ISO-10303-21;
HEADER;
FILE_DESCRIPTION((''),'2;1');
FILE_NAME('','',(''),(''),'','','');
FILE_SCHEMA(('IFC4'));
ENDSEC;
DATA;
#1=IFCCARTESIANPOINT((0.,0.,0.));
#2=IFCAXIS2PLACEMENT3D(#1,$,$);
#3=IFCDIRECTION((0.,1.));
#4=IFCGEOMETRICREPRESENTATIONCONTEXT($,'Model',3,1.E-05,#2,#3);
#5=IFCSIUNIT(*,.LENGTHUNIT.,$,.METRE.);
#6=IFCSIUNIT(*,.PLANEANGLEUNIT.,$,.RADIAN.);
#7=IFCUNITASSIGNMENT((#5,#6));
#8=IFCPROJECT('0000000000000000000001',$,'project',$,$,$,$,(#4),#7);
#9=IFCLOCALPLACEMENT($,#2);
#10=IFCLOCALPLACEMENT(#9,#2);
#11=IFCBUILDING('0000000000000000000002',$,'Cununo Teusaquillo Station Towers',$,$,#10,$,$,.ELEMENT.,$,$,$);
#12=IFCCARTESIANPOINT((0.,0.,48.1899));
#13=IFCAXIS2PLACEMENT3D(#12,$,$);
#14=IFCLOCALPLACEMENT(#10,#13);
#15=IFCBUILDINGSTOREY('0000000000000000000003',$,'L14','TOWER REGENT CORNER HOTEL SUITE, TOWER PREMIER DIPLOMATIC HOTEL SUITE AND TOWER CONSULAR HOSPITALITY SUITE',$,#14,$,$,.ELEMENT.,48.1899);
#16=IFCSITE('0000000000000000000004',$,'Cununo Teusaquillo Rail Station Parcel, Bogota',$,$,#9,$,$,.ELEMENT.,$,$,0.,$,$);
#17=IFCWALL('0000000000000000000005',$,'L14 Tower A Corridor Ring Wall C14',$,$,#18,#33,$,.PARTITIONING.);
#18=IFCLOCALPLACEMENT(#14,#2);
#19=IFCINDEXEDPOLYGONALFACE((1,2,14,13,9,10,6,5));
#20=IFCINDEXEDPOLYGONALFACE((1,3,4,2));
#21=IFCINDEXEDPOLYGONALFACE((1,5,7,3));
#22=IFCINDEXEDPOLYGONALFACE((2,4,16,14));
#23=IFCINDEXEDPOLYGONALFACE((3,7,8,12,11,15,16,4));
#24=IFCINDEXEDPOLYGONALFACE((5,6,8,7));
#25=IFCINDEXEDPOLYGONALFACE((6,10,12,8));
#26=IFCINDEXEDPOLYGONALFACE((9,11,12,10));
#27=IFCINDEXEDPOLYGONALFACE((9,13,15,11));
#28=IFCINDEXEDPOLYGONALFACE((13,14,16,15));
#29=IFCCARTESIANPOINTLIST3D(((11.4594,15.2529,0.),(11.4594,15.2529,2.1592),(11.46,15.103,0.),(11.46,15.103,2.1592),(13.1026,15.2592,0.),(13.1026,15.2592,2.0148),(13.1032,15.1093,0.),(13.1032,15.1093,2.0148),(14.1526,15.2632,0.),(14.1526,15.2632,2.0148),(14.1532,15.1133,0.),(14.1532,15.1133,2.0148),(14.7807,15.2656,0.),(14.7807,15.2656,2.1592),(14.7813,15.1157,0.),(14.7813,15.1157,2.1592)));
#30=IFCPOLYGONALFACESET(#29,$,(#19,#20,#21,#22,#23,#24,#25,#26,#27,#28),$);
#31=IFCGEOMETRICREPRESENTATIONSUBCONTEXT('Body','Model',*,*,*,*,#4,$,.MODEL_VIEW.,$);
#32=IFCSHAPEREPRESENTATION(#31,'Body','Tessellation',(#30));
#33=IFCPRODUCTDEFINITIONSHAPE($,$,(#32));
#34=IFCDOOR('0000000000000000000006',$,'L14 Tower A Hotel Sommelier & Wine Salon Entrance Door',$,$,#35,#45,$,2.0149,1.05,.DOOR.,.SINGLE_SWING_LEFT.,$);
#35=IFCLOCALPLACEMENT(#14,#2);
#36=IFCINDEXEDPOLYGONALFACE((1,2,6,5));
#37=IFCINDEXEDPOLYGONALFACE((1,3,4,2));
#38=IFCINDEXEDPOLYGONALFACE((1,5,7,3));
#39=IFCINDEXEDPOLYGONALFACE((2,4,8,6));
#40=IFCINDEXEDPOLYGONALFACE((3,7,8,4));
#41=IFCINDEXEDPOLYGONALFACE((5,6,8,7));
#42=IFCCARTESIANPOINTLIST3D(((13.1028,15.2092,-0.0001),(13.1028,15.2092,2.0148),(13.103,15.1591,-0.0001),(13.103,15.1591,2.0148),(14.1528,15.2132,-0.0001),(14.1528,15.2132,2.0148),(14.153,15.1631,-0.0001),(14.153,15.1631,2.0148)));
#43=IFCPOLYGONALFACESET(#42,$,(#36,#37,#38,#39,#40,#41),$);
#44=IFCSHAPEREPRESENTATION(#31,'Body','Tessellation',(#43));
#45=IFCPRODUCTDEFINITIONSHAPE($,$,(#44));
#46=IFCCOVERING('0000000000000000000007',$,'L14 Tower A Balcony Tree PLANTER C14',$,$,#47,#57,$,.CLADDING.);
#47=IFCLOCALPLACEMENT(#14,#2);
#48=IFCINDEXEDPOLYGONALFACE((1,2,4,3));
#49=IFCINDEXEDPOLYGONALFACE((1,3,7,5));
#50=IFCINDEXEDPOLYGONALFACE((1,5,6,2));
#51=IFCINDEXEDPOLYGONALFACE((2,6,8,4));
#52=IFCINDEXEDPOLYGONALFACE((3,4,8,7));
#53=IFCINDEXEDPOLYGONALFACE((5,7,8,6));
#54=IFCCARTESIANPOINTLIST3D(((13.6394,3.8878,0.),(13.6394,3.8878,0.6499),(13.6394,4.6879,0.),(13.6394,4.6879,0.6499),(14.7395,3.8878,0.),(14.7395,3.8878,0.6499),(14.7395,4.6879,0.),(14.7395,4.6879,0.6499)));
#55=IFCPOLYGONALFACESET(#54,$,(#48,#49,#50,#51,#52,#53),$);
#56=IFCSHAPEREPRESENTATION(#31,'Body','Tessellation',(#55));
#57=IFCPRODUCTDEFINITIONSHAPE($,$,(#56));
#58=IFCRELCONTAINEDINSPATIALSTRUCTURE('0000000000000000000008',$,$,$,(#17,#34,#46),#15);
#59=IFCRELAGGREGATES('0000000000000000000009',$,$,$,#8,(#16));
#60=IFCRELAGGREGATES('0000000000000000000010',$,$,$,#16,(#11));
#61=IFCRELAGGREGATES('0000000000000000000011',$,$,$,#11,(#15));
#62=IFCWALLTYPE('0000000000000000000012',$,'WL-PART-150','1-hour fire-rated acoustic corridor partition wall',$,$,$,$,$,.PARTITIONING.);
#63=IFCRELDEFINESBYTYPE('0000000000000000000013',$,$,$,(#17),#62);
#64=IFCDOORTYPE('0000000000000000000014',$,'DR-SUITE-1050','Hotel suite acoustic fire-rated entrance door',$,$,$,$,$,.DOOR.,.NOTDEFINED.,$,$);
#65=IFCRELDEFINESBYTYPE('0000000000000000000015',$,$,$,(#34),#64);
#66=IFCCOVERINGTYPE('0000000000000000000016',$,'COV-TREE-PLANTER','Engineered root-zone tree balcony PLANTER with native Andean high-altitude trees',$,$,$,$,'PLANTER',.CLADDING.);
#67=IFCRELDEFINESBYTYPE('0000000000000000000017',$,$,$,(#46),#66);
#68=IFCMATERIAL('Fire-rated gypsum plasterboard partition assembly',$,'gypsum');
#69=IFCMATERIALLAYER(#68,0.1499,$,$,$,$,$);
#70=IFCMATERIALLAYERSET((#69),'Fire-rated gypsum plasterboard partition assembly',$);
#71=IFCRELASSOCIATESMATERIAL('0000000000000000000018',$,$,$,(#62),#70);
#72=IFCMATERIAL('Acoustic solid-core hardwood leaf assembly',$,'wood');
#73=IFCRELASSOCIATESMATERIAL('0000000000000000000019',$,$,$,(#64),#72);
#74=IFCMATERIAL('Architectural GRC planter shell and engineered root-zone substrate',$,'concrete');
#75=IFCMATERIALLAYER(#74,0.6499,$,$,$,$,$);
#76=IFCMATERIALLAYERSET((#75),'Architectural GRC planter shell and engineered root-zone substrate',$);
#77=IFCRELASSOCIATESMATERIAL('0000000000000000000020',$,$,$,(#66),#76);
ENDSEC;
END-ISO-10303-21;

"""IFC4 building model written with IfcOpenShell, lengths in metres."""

from ifc_helpers import new_model, si_unit, direction, frame, frame_2d, origin, origin_2d, place, context, subcontext, project, spatial, rectangle, extrude, source, transform, mapped, material, layer, layer_set, type_object, element, fill, save


model = new_model("IFC4")

# Units and contexts
model_context = context("Model", 3, precision=1e-05, world=origin(), true_north=direction((0.0, 1.0)))
body_context = subcontext(model_context, "Body", "Model", "MODEL_VIEW")
ifc_project = project(units=[si_unit("LENGTHUNIT", "METRE"), si_unit("PLANEANGLEUNIT", "RADIAN")], contexts=[model_context])

# Site, building, storey
site_placement = place(None, origin())
site = spatial("IfcSite", under=ifc_project, at=site_placement, Name="Cununo Teusaquillo Rail Station Parcel, Bogota", CompositionType="ELEMENT", RefElevation=0.0)
building_placement = place(site_placement, origin())
building = spatial("IfcBuilding", under=site, at=building_placement, Name="Cununo Teusaquillo Station Towers", CompositionType="ELEMENT")
storey_placement = place(building_placement, frame((0.0, 0.0, 48.1899)))
storey = spatial("IfcBuildingStorey", under=building, at=storey_placement, Name="L14", Description="TOWER REGENT CORNER HOTEL SUITE, TOWER PREMIER DIPLOMATIC HOTEL SUITE AND TOWER CONSULAR HOSPITALITY SUITE", CompositionType="ELEMENT", Elevation=48.1899)

# Shared definitions
ifc_material_1 = material(Name="Fire-rated gypsum plasterboard partition assembly", Category="gypsum")
ifc_layer_1 = layer(ifc_material_1, 0.1499)
ifc_layer_set_1 = layer_set([ifc_layer_1], Name="Fire-rated gypsum plasterboard partition assembly")
wall_type_1 = type_object("IfcWallType", Name="WL-PART-150", Description="1-hour fire-rated acoustic corridor partition wall", PredefinedType="PARTITIONING", material=ifc_layer_set_1)

# Wall, opening, door
wall_1_placement = place(storey_placement, frame((11.4597, 15.178, 0.0), z_axis=(0.0, 0.0, 1.0), x_axis=(0.999993, 0.003822, 0.0)))
wall_1 = element("IfcWall", 1, at=wall_1_placement, inside=storey, type_object=wall_type_1, Name="L14 Tower A Corridor Ring Wall C14", PredefinedType="PARTITIONING", context=body_context, shape_type="SweptSolid", body=[
    extrude(rectangle(XDim=3.3213, YDim=0.1499, at=frame_2d((1.6606, 0.0))), origin(), (0.0, 0.0, 1.0), 2.1592),
])
shared_shape_1 = source(origin(), body_context, "Body", "SweptSolid", [
    extrude(rectangle(XDim=1.05, YDim=2.0149, at=frame_2d((0.5249, 1.0073))), frame((0.0, 0.085, 0.0), z_axis=(0.0, -1.0, 0.0), x_axis=(1.0, 0.0, 0.0)), (0.0, 0.0, 1.0), 0.1699),
])
opening_1_placement = place(wall_1_placement, frame((1.6433, 0.0, 0.0)))
opening_1 = element("IfcOpeningElement", 2, at=opening_1_placement, cuts=wall_1, PredefinedType="OPENING", context=body_context, shape_type="MappedRepresentation", body=[
    mapped(shared_shape_1, transform((0.0, 0.0, 0.0), x_axis=(1.0, 0.0, 0.0), y_axis=(0.0, 1.0, 0.0), z_axis=(0.0, 0.0, 1.0), scale=1.0)),
])
ifc_material_2 = material(Name="Acoustic solid-core hardwood leaf assembly", Category="wood")
door_type = type_object("IfcDoorType", Name="DR-SUITE-1050", Description="Hotel suite acoustic fire-rated entrance door", OperationType="NOTDEFINED", PredefinedType="DOOR", material=ifc_material_2)
shared_shape_2 = source(origin(), body_context, "Body", "SweptSolid", [
    extrude(rectangle(XDim=1.05, YDim=2.0149, at=frame_2d((0.5249, 1.0073))), frame((0.0, 0.0249, 0.0), z_axis=(0.0, -1.0, 0.0), x_axis=(1.0, 0.0, 0.0)), (0.0, 0.0, 1.0), 0.05),
])
door_placement = place(opening_1_placement, origin())
door = element("IfcDoor", 3, at=door_placement, inside=storey, type_object=door_type, Name="L14 Tower A Hotel Sommelier & Wine Salon Entrance Door", OperationType="SINGLE_SWING_LEFT", OverallHeight=2.0149, OverallWidth=1.05, PredefinedType="DOOR", context=body_context, shape_type="MappedRepresentation", body=[
    mapped(shared_shape_2, transform((0.0, 0.0, 0.0), x_axis=(1.0, 0.0, 0.0), y_axis=(0.0, 1.0, 0.0), z_axis=(0.0, 0.0, 1.0), scale=1.0)),
])
fill(opening_1, door)

# Covering
ifc_material_3 = material(Name="Architectural GRC planter shell and engineered root-zone substrate", Category="concrete")
ifc_layer_2 = layer(ifc_material_3, 0.6499)
ifc_layer_set_2 = layer_set([ifc_layer_2], Name="Architectural GRC planter shell and engineered root-zone substrate")
covering_type = type_object("IfcCoveringType", Name="COV-TREE-PLANTER", Description="Engineered root-zone tree balcony PLANTER with native Andean high-altitude trees", ElementType="PLANTER", PredefinedType="CLADDING", material=ifc_layer_set_2)
shared_shape_3 = source(origin(), body_context, "Body", "SweptSolid", [
    extrude(rectangle(XDim=1.1001, YDim=0.8, at=origin_2d()), origin(), (0.0, 0.0, 1.0), 0.6499),
])
covering_placement = place(storey_placement, frame((14.1895, 4.2878, 0.0), z_axis=(0.0, 0.0, 1.0), x_axis=(1.0, 0.0, 0.0)))
element("IfcCovering", 4, at=covering_placement, inside=storey, type_object=covering_type, Name="L14 Tower A Balcony Tree PLANTER C14", PredefinedType="CLADDING", context=body_context, shape_type="MappedRepresentation", body=[
    mapped(shared_shape_3, transform((0.0, 0.0, 0.0), x_axis=(1.0, 0.0, 0.0), y_axis=(0.0, 1.0, 0.0), z_axis=(0.0, 0.0, 1.0), scale=1.0)),
])

save(model, "model.ifc")
